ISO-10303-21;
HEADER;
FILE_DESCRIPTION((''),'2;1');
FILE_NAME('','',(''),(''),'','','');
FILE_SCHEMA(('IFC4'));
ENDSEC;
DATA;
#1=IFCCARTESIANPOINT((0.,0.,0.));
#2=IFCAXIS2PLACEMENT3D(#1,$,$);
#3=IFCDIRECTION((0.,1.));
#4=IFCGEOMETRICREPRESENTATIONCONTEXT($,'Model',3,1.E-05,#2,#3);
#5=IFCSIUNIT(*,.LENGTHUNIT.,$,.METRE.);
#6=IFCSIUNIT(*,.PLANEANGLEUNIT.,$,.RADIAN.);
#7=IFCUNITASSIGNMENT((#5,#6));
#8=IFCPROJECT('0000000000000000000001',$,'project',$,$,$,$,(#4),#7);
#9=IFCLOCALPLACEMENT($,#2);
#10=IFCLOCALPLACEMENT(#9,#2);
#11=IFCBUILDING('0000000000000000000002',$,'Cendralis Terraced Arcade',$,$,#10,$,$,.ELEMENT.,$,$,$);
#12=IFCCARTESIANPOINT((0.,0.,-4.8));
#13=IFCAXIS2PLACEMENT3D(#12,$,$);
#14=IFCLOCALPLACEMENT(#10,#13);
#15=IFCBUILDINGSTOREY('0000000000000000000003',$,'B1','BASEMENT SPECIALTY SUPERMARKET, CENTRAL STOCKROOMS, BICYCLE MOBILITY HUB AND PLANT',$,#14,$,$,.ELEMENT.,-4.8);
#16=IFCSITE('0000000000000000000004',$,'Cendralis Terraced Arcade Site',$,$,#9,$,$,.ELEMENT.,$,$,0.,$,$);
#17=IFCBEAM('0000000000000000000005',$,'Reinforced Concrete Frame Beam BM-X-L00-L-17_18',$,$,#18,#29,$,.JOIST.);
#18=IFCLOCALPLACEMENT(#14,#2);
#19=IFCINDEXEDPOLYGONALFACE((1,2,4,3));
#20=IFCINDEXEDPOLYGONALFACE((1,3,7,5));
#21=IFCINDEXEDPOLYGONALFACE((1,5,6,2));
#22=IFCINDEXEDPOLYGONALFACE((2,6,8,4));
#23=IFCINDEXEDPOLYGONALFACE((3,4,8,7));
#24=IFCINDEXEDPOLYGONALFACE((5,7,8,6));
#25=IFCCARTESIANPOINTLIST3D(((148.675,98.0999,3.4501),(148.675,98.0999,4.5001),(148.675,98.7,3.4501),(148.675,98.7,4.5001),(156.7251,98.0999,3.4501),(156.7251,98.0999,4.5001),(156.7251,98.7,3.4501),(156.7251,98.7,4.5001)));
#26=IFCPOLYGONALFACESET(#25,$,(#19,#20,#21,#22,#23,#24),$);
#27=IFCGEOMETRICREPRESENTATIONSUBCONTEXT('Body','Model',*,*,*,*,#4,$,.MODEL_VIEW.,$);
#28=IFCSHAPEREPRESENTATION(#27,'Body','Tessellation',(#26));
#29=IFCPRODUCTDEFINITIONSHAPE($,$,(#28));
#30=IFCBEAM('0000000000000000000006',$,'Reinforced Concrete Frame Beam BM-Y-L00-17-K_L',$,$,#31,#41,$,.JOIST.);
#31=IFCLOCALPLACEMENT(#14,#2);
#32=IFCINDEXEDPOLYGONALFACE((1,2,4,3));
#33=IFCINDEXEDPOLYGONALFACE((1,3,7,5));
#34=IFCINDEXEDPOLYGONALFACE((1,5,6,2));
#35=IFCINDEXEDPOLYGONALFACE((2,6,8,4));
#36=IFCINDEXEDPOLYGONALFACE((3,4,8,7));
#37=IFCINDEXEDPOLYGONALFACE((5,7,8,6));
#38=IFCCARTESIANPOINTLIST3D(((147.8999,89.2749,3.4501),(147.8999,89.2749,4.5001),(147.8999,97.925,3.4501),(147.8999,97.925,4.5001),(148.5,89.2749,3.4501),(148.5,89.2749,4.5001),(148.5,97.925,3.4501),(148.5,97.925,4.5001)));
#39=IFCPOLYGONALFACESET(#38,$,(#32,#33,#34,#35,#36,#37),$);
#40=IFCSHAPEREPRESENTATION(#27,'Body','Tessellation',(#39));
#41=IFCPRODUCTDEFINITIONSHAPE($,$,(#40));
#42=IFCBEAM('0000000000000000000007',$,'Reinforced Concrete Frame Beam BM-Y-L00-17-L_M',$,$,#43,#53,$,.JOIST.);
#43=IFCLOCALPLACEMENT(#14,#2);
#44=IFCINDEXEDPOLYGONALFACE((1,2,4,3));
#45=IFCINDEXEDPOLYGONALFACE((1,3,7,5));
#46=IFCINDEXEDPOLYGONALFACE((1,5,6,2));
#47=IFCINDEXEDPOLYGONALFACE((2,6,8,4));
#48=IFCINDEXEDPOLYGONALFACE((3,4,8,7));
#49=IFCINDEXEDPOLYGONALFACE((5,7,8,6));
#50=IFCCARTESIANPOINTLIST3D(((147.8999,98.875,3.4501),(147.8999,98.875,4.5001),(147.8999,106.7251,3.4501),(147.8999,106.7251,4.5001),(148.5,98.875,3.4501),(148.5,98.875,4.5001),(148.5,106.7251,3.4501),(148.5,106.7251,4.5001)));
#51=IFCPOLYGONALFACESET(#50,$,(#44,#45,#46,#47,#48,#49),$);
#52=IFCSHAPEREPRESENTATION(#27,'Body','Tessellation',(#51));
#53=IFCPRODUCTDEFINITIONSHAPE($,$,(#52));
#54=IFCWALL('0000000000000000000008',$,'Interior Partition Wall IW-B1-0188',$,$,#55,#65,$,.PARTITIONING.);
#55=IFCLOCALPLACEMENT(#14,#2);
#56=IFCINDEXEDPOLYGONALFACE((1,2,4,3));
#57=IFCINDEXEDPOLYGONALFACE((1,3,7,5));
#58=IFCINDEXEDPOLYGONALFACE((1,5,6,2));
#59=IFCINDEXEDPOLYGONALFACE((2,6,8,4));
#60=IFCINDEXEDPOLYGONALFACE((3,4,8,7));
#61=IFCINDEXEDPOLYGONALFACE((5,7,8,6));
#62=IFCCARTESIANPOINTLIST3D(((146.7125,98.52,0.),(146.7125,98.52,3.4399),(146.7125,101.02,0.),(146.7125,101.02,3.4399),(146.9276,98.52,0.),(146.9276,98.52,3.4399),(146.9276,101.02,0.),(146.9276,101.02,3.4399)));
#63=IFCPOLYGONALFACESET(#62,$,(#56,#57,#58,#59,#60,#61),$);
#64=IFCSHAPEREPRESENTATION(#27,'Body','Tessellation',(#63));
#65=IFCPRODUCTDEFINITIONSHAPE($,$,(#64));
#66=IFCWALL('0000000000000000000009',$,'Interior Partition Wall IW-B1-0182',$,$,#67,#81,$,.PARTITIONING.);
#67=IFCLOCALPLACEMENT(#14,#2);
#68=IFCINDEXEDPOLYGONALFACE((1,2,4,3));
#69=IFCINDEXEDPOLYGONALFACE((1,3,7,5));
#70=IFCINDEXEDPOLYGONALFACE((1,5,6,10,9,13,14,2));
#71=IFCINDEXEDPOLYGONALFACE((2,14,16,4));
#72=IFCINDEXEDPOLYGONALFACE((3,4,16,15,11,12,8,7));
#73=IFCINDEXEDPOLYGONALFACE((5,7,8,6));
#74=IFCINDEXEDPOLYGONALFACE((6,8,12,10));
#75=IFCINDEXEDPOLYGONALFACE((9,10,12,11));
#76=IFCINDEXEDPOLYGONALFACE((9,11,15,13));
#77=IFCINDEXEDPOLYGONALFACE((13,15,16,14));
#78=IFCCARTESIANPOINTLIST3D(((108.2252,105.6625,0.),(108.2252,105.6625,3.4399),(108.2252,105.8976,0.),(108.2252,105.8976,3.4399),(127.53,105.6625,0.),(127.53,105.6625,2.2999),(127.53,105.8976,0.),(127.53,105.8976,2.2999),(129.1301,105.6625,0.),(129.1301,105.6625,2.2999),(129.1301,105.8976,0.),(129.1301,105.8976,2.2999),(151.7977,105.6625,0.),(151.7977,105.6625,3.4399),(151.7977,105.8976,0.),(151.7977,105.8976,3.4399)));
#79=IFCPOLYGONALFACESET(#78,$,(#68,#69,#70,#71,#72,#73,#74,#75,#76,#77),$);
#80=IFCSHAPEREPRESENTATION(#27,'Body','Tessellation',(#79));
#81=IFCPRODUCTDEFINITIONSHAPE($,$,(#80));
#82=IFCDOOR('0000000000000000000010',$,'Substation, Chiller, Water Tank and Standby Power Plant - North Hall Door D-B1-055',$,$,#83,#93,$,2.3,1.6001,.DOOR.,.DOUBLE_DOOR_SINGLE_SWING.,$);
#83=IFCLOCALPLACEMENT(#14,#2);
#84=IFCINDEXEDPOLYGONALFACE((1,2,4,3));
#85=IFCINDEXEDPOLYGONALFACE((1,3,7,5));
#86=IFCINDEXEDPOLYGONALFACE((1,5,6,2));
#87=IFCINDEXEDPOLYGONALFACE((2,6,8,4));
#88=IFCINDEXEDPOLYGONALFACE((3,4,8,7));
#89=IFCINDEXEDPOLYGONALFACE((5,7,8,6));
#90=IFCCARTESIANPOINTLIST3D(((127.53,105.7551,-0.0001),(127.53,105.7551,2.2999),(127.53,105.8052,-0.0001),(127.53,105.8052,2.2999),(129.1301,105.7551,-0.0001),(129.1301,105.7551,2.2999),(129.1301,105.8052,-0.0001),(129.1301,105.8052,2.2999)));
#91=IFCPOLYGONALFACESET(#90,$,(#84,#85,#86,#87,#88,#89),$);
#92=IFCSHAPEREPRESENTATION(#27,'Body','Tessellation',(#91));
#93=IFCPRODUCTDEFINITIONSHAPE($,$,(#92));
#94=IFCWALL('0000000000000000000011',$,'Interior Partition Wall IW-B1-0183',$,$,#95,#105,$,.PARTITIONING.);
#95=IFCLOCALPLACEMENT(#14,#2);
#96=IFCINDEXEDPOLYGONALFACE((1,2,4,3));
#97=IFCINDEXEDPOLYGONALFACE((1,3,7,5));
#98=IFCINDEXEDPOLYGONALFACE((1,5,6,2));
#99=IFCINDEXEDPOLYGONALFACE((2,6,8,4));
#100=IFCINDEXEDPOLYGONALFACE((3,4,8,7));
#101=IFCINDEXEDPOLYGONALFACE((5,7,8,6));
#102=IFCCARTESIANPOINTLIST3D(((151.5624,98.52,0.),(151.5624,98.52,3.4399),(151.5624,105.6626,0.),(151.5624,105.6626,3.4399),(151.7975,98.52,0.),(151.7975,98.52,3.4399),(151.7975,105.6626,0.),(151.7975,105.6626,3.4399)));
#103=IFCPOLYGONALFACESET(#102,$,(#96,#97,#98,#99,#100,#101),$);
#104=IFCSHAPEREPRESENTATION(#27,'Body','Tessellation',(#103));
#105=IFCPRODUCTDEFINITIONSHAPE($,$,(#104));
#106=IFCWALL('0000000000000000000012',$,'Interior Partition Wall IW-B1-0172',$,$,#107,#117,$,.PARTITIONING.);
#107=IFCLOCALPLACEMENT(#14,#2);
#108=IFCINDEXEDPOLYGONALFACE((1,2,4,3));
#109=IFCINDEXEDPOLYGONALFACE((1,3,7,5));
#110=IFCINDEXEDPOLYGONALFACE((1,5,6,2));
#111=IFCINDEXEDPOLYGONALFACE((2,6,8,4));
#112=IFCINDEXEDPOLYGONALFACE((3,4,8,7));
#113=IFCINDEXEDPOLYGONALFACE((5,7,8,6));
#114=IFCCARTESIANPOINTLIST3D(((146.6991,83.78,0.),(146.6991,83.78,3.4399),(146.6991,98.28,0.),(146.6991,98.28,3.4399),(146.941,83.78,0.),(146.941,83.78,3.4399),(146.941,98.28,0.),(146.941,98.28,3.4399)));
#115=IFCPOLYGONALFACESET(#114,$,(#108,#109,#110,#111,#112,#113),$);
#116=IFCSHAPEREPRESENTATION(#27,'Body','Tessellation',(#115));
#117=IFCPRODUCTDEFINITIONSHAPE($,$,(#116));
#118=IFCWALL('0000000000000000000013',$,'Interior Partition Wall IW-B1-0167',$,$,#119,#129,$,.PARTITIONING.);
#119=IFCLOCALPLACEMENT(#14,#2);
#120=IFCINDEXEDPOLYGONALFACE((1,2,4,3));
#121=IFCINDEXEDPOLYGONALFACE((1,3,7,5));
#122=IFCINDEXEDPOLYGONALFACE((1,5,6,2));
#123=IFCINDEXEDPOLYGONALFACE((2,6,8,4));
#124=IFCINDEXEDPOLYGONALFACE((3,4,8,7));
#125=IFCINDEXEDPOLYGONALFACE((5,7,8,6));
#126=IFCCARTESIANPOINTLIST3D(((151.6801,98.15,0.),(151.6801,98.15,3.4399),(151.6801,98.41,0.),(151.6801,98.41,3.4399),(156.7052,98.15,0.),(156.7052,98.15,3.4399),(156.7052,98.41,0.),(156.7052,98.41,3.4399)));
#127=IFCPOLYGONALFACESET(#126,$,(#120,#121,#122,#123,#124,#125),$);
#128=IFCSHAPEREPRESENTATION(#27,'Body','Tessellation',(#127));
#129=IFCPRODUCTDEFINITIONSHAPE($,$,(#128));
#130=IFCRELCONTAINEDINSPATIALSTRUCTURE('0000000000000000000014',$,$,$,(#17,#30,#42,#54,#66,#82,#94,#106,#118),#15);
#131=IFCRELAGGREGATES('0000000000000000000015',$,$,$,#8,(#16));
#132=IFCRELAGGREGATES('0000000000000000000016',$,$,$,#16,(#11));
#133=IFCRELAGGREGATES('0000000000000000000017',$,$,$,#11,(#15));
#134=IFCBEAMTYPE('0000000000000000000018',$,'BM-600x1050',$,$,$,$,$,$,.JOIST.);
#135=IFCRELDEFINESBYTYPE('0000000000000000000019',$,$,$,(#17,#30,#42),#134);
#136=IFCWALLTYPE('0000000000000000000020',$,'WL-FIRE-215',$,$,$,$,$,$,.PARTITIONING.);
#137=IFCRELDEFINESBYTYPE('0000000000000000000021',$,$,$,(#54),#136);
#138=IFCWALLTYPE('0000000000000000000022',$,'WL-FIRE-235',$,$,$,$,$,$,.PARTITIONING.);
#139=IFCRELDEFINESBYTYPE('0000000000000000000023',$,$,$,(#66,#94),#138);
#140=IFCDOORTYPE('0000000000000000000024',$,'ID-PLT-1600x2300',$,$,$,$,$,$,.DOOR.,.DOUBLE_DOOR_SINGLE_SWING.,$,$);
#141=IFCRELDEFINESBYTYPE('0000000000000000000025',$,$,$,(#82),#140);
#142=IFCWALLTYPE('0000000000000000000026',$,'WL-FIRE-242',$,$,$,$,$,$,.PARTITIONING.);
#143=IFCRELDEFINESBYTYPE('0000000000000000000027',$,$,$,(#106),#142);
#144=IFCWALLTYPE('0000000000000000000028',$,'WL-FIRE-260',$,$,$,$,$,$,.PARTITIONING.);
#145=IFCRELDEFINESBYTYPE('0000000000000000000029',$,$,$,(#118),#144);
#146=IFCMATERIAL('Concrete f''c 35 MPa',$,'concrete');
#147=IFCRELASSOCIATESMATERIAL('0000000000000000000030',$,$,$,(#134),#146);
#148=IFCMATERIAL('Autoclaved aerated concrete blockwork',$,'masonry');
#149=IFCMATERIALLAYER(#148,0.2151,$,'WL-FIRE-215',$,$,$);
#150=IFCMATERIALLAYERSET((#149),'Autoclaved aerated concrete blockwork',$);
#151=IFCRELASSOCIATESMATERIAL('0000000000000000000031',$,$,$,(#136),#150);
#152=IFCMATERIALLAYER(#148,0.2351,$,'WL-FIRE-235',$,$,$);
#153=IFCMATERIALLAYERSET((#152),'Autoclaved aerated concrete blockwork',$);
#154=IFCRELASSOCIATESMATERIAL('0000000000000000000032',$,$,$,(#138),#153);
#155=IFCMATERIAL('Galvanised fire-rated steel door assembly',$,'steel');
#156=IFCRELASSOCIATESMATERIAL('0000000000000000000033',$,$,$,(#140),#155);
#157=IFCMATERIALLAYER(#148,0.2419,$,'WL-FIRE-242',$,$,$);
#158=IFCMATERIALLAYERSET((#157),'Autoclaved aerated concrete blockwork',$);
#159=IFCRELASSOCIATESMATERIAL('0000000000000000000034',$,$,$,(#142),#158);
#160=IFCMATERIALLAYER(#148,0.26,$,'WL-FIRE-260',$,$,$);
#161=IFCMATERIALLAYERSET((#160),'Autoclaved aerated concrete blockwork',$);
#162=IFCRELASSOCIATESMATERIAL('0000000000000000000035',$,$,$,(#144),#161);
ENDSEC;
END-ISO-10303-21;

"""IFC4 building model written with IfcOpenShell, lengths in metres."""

from ifc_helpers import new_model, si_unit, direction, frame, frame_2d, origin, origin_2d, place, context, subcontext, project, spatial, rectangle, extrude, material, layer, layer_set, material_profile, profile_set, type_object, element, fill, save


model = new_model("IFC4")

# Units and contexts
model_context = context("Model", 3, precision=1e-05, world=origin(), true_north=direction((0.0, 1.0)))
body_context = subcontext(model_context, "Body", "Model", "MODEL_VIEW")
ifc_project = project(units=[si_unit("LENGTHUNIT", "METRE"), si_unit("PLANEANGLEUNIT", "RADIAN")], contexts=[model_context])

# Site, building, storey
site_placement = place(None, origin())
site = spatial("IfcSite", under=ifc_project, at=site_placement, Name="Cendralis Terraced Arcade Site", CompositionType="ELEMENT", RefElevation=0.0)
building_placement = place(site_placement, origin())
building = spatial("IfcBuilding", under=site, at=building_placement, Name="Cendralis Terraced Arcade", CompositionType="ELEMENT")
storey_placement = place(building_placement, frame((0.0, 0.0, -4.8)))
storey = spatial("IfcBuildingStorey", under=building, at=storey_placement, Name="B1", Description="BASEMENT SPECIALTY SUPERMARKET, CENTRAL STOCKROOMS, BICYCLE MOBILITY HUB AND PLANT", CompositionType="ELEMENT", Elevation=-4.8)

# Shared definitions
ifc_material_1 = material(Name="Concrete f'c 35 MPa", Category="concrete")

# Beams
ifc_material_profile_1 = material_profile(ifc_material_1, rectangle(XDim=0.6001, YDim=1.05, at=origin_2d()), Name="RC-BM-600x1050", Category="LoadBearing")
ifc_profile_set_1 = profile_set([ifc_material_profile_1], Name="Concrete f'c 35 MPa")
beam_type = type_object("IfcBeamType", Name="BM-600x1050", PredefinedType="JOIST", material=ifc_profile_set_1)
beam_1_placement = place(storey_placement, frame((148.675, 98.3999, 3.9751), z_axis=(1.0, 0.0, 0.0), x_axis=(0.0, 1.0, 0.0)))
element("IfcBeam", 1, at=beam_1_placement, inside=storey, type_object=beam_type, Name="Reinforced Concrete Frame Beam BM-X-L00-L-17_18", PredefinedType="JOIST", context=body_context, shape_type="SweptSolid", body=[
    extrude(rectangle(XDim=0.6001, YDim=1.05, at=origin_2d()), origin(), (0.0, 0.0, 1.0), 8.05),
])
beam_2_placement = place(storey_placement, frame((148.2, 89.2749, 3.9751), z_axis=(0.0, 1.0, 0.0), x_axis=(-1.0, 0.0, 0.0)))
element("IfcBeam", 2, at=beam_2_placement, inside=storey, type_object=beam_type, Name="Reinforced Concrete Frame Beam BM-Y-L00-17-K_L", PredefinedType="JOIST", context=body_context, shape_type="SweptSolid", body=[
    extrude(rectangle(XDim=0.6001, YDim=1.05, at=origin_2d()), origin(), (0.0, 0.0, 1.0), 8.6501),
])
beam_3_placement = place(storey_placement, frame((148.2, 98.875, 3.9751), z_axis=(0.0, 1.0, 0.0), x_axis=(-1.0, 0.0, 0.0)))
element("IfcBeam", 3, at=beam_3_placement, inside=storey, type_object=beam_type, Name="Reinforced Concrete Frame Beam BM-Y-L00-17-L_M", PredefinedType="JOIST", context=body_context, shape_type="SweptSolid", body=[
    extrude(rectangle(XDim=0.6001, YDim=1.05, at=origin_2d()), origin(), (0.0, 0.0, 1.0), 7.8501),
])

# Wall
ifc_material_2 = material(Name="Autoclaved aerated concrete blockwork", Category="masonry")
ifc_layer_1 = layer(ifc_material_2, 0.2151, Name="WL-FIRE-215")
ifc_layer_set_1 = layer_set([ifc_layer_1], Name="Autoclaved aerated concrete blockwork")
wall_type_1 = type_object("IfcWallType", Name="WL-FIRE-215", PredefinedType="PARTITIONING", material=ifc_layer_set_1)
wall_1_placement = place(storey_placement, frame((146.8201, 101.02, 0.0), z_axis=(0.0, 0.0, 1.0), x_axis=(0.0, -1.0, 0.0)))
element("IfcWall", 4, at=wall_1_placement, inside=storey, type_object=wall_type_1, Name="Interior Partition Wall IW-B1-0188", PredefinedType="PARTITIONING", context=body_context, shape_type="SweptSolid", body=[
    extrude(rectangle(XDim=2.5, YDim=0.2151, at=frame_2d((1.25, 0.0))), origin(), (0.0, 0.0, 1.0), 3.4399),
])

# Wall, opening, door
ifc_layer_2 = layer(ifc_material_2, 0.2351, Name="WL-FIRE-235")
ifc_layer_set_2 = layer_set([ifc_layer_2], Name="Autoclaved aerated concrete blockwork")
wall_type_2 = type_object("IfcWallType", Name="WL-FIRE-235", PredefinedType="PARTITIONING", material=ifc_layer_set_2)
wall_2_placement = place(storey_placement, frame((151.7976, 105.78, 0.0), z_axis=(0.0, 0.0, 1.0), x_axis=(-1.0, 0.0, 0.0)))
wall_2 = element("IfcWall", 5, at=wall_2_placement, inside=storey, type_object=wall_type_2, Name="Interior Partition Wall IW-B1-0182", PredefinedType="PARTITIONING", context=body_context, shape_type="SweptSolid", body=[
    extrude(rectangle(XDim=43.5725, YDim=0.2351, at=frame_2d((21.7861, 0.0))), origin(), (0.0, 0.0, 1.0), 3.4399),
])
opening_placement = place(wall_2_placement, frame((22.6675, 0.0, 0.0)))
opening = element("IfcOpeningElement", 6, at=opening_placement, cuts=wall_2, PredefinedType="OPENING", context=body_context, shape_type="SweptSolid", body=[
    extrude(rectangle(XDim=1.6001, YDim=2.3, at=frame_2d((0.8, 1.1499))), frame((0.0, 0.1294, 0.0), z_axis=(0.0, -1.0, 0.0), x_axis=(1.0, 0.0, 0.0)), (0.0, 0.0, 1.0), 0.259),
])
ifc_material_3 = material(Name="Galvanised fire-rated steel door assembly", Category="steel")
door_type = type_object("IfcDoorType", Name="ID-PLT-1600x2300", OperationType="DOUBLE_DOOR_SINGLE_SWING", PredefinedType="DOOR", material=ifc_material_3)
door_placement = place(opening_placement, origin())
door = element("IfcDoor", 7, at=door_placement, inside=storey, type_object=door_type, Name="Substation, Chiller, Water Tank and Standby Power Plant - North Hall Door D-B1-055", OperationType="DOUBLE_DOOR_SINGLE_SWING", OverallHeight=2.3, OverallWidth=1.6001, PredefinedType="DOOR", context=body_context, shape_type="SweptSolid", body=[
    extrude(rectangle(XDim=1.6001, YDim=2.3, at=frame_2d((0.8, 1.1499))), frame((0.0, 0.0249, 0.0), z_axis=(0.0, -1.0, 0.0), x_axis=(1.0, 0.0, 0.0)), (0.0, 0.0, 1.0), 0.05),
])
fill(opening, door)

# Walls
wall_3_placement = place(storey_placement, frame((151.6799, 98.52, 0.0), z_axis=(0.0, 0.0, 1.0), x_axis=(0.0, 1.0, 0.0)))
element("IfcWall", 8, at=wall_3_placement, inside=storey, type_object=wall_type_2, Name="Interior Partition Wall IW-B1-0183", PredefinedType="PARTITIONING", context=body_context, shape_type="SweptSolid", body=[
    extrude(rectangle(XDim=7.1426, YDim=0.2351, at=frame_2d((3.5713, 0.0))), origin(), (0.0, 0.0, 1.0), 3.4399),
])
ifc_layer_3 = layer(ifc_material_2, 0.2419, Name="WL-FIRE-242")
ifc_layer_set_3 = layer_set([ifc_layer_3], Name="Autoclaved aerated concrete blockwork")
wall_type_3 = type_object("IfcWallType", Name="WL-FIRE-242", PredefinedType="PARTITIONING", material=ifc_layer_set_3)
wall_4_placement = place(storey_placement, frame((146.8201, 98.28, 0.0), z_axis=(0.0, 0.0, 1.0), x_axis=(0.0, -1.0, 0.0)))
element("IfcWall", 9, at=wall_4_placement, inside=storey, type_object=wall_type_3, Name="Interior Partition Wall IW-B1-0172", PredefinedType="PARTITIONING", context=body_context, shape_type="SweptSolid", body=[
    extrude(rectangle(XDim=14.5, YDim=0.2419, at=frame_2d((7.25, 0.0))), origin(), (0.0, 0.0, 1.0), 3.4399),
])
ifc_layer_4 = layer(ifc_material_2, 0.26, Name="WL-FIRE-260")
ifc_layer_set_4 = layer_set([ifc_layer_4], Name="Autoclaved aerated concrete blockwork")
wall_type_4 = type_object("IfcWallType", Name="WL-FIRE-260", PredefinedType="PARTITIONING", material=ifc_layer_set_4)
wall_5_placement = place(storey_placement, frame((151.6799, 98.28, 0.0), z_axis=(0.0, 0.0, 1.0), x_axis=(1.0, 0.0, 0.0)))
element("IfcWall", 10, at=wall_5_placement, inside=storey, type_object=wall_type_4, Name="Interior Partition Wall IW-B1-0167", PredefinedType="PARTITIONING", context=body_context, shape_type="SweptSolid", body=[
    extrude(rectangle(XDim=5.0251, YDim=0.26, at=frame_2d((2.5127, 0.0))), origin(), (0.0, 0.0, 1.0), 3.4399),
])

save(model, "model.ifc")
